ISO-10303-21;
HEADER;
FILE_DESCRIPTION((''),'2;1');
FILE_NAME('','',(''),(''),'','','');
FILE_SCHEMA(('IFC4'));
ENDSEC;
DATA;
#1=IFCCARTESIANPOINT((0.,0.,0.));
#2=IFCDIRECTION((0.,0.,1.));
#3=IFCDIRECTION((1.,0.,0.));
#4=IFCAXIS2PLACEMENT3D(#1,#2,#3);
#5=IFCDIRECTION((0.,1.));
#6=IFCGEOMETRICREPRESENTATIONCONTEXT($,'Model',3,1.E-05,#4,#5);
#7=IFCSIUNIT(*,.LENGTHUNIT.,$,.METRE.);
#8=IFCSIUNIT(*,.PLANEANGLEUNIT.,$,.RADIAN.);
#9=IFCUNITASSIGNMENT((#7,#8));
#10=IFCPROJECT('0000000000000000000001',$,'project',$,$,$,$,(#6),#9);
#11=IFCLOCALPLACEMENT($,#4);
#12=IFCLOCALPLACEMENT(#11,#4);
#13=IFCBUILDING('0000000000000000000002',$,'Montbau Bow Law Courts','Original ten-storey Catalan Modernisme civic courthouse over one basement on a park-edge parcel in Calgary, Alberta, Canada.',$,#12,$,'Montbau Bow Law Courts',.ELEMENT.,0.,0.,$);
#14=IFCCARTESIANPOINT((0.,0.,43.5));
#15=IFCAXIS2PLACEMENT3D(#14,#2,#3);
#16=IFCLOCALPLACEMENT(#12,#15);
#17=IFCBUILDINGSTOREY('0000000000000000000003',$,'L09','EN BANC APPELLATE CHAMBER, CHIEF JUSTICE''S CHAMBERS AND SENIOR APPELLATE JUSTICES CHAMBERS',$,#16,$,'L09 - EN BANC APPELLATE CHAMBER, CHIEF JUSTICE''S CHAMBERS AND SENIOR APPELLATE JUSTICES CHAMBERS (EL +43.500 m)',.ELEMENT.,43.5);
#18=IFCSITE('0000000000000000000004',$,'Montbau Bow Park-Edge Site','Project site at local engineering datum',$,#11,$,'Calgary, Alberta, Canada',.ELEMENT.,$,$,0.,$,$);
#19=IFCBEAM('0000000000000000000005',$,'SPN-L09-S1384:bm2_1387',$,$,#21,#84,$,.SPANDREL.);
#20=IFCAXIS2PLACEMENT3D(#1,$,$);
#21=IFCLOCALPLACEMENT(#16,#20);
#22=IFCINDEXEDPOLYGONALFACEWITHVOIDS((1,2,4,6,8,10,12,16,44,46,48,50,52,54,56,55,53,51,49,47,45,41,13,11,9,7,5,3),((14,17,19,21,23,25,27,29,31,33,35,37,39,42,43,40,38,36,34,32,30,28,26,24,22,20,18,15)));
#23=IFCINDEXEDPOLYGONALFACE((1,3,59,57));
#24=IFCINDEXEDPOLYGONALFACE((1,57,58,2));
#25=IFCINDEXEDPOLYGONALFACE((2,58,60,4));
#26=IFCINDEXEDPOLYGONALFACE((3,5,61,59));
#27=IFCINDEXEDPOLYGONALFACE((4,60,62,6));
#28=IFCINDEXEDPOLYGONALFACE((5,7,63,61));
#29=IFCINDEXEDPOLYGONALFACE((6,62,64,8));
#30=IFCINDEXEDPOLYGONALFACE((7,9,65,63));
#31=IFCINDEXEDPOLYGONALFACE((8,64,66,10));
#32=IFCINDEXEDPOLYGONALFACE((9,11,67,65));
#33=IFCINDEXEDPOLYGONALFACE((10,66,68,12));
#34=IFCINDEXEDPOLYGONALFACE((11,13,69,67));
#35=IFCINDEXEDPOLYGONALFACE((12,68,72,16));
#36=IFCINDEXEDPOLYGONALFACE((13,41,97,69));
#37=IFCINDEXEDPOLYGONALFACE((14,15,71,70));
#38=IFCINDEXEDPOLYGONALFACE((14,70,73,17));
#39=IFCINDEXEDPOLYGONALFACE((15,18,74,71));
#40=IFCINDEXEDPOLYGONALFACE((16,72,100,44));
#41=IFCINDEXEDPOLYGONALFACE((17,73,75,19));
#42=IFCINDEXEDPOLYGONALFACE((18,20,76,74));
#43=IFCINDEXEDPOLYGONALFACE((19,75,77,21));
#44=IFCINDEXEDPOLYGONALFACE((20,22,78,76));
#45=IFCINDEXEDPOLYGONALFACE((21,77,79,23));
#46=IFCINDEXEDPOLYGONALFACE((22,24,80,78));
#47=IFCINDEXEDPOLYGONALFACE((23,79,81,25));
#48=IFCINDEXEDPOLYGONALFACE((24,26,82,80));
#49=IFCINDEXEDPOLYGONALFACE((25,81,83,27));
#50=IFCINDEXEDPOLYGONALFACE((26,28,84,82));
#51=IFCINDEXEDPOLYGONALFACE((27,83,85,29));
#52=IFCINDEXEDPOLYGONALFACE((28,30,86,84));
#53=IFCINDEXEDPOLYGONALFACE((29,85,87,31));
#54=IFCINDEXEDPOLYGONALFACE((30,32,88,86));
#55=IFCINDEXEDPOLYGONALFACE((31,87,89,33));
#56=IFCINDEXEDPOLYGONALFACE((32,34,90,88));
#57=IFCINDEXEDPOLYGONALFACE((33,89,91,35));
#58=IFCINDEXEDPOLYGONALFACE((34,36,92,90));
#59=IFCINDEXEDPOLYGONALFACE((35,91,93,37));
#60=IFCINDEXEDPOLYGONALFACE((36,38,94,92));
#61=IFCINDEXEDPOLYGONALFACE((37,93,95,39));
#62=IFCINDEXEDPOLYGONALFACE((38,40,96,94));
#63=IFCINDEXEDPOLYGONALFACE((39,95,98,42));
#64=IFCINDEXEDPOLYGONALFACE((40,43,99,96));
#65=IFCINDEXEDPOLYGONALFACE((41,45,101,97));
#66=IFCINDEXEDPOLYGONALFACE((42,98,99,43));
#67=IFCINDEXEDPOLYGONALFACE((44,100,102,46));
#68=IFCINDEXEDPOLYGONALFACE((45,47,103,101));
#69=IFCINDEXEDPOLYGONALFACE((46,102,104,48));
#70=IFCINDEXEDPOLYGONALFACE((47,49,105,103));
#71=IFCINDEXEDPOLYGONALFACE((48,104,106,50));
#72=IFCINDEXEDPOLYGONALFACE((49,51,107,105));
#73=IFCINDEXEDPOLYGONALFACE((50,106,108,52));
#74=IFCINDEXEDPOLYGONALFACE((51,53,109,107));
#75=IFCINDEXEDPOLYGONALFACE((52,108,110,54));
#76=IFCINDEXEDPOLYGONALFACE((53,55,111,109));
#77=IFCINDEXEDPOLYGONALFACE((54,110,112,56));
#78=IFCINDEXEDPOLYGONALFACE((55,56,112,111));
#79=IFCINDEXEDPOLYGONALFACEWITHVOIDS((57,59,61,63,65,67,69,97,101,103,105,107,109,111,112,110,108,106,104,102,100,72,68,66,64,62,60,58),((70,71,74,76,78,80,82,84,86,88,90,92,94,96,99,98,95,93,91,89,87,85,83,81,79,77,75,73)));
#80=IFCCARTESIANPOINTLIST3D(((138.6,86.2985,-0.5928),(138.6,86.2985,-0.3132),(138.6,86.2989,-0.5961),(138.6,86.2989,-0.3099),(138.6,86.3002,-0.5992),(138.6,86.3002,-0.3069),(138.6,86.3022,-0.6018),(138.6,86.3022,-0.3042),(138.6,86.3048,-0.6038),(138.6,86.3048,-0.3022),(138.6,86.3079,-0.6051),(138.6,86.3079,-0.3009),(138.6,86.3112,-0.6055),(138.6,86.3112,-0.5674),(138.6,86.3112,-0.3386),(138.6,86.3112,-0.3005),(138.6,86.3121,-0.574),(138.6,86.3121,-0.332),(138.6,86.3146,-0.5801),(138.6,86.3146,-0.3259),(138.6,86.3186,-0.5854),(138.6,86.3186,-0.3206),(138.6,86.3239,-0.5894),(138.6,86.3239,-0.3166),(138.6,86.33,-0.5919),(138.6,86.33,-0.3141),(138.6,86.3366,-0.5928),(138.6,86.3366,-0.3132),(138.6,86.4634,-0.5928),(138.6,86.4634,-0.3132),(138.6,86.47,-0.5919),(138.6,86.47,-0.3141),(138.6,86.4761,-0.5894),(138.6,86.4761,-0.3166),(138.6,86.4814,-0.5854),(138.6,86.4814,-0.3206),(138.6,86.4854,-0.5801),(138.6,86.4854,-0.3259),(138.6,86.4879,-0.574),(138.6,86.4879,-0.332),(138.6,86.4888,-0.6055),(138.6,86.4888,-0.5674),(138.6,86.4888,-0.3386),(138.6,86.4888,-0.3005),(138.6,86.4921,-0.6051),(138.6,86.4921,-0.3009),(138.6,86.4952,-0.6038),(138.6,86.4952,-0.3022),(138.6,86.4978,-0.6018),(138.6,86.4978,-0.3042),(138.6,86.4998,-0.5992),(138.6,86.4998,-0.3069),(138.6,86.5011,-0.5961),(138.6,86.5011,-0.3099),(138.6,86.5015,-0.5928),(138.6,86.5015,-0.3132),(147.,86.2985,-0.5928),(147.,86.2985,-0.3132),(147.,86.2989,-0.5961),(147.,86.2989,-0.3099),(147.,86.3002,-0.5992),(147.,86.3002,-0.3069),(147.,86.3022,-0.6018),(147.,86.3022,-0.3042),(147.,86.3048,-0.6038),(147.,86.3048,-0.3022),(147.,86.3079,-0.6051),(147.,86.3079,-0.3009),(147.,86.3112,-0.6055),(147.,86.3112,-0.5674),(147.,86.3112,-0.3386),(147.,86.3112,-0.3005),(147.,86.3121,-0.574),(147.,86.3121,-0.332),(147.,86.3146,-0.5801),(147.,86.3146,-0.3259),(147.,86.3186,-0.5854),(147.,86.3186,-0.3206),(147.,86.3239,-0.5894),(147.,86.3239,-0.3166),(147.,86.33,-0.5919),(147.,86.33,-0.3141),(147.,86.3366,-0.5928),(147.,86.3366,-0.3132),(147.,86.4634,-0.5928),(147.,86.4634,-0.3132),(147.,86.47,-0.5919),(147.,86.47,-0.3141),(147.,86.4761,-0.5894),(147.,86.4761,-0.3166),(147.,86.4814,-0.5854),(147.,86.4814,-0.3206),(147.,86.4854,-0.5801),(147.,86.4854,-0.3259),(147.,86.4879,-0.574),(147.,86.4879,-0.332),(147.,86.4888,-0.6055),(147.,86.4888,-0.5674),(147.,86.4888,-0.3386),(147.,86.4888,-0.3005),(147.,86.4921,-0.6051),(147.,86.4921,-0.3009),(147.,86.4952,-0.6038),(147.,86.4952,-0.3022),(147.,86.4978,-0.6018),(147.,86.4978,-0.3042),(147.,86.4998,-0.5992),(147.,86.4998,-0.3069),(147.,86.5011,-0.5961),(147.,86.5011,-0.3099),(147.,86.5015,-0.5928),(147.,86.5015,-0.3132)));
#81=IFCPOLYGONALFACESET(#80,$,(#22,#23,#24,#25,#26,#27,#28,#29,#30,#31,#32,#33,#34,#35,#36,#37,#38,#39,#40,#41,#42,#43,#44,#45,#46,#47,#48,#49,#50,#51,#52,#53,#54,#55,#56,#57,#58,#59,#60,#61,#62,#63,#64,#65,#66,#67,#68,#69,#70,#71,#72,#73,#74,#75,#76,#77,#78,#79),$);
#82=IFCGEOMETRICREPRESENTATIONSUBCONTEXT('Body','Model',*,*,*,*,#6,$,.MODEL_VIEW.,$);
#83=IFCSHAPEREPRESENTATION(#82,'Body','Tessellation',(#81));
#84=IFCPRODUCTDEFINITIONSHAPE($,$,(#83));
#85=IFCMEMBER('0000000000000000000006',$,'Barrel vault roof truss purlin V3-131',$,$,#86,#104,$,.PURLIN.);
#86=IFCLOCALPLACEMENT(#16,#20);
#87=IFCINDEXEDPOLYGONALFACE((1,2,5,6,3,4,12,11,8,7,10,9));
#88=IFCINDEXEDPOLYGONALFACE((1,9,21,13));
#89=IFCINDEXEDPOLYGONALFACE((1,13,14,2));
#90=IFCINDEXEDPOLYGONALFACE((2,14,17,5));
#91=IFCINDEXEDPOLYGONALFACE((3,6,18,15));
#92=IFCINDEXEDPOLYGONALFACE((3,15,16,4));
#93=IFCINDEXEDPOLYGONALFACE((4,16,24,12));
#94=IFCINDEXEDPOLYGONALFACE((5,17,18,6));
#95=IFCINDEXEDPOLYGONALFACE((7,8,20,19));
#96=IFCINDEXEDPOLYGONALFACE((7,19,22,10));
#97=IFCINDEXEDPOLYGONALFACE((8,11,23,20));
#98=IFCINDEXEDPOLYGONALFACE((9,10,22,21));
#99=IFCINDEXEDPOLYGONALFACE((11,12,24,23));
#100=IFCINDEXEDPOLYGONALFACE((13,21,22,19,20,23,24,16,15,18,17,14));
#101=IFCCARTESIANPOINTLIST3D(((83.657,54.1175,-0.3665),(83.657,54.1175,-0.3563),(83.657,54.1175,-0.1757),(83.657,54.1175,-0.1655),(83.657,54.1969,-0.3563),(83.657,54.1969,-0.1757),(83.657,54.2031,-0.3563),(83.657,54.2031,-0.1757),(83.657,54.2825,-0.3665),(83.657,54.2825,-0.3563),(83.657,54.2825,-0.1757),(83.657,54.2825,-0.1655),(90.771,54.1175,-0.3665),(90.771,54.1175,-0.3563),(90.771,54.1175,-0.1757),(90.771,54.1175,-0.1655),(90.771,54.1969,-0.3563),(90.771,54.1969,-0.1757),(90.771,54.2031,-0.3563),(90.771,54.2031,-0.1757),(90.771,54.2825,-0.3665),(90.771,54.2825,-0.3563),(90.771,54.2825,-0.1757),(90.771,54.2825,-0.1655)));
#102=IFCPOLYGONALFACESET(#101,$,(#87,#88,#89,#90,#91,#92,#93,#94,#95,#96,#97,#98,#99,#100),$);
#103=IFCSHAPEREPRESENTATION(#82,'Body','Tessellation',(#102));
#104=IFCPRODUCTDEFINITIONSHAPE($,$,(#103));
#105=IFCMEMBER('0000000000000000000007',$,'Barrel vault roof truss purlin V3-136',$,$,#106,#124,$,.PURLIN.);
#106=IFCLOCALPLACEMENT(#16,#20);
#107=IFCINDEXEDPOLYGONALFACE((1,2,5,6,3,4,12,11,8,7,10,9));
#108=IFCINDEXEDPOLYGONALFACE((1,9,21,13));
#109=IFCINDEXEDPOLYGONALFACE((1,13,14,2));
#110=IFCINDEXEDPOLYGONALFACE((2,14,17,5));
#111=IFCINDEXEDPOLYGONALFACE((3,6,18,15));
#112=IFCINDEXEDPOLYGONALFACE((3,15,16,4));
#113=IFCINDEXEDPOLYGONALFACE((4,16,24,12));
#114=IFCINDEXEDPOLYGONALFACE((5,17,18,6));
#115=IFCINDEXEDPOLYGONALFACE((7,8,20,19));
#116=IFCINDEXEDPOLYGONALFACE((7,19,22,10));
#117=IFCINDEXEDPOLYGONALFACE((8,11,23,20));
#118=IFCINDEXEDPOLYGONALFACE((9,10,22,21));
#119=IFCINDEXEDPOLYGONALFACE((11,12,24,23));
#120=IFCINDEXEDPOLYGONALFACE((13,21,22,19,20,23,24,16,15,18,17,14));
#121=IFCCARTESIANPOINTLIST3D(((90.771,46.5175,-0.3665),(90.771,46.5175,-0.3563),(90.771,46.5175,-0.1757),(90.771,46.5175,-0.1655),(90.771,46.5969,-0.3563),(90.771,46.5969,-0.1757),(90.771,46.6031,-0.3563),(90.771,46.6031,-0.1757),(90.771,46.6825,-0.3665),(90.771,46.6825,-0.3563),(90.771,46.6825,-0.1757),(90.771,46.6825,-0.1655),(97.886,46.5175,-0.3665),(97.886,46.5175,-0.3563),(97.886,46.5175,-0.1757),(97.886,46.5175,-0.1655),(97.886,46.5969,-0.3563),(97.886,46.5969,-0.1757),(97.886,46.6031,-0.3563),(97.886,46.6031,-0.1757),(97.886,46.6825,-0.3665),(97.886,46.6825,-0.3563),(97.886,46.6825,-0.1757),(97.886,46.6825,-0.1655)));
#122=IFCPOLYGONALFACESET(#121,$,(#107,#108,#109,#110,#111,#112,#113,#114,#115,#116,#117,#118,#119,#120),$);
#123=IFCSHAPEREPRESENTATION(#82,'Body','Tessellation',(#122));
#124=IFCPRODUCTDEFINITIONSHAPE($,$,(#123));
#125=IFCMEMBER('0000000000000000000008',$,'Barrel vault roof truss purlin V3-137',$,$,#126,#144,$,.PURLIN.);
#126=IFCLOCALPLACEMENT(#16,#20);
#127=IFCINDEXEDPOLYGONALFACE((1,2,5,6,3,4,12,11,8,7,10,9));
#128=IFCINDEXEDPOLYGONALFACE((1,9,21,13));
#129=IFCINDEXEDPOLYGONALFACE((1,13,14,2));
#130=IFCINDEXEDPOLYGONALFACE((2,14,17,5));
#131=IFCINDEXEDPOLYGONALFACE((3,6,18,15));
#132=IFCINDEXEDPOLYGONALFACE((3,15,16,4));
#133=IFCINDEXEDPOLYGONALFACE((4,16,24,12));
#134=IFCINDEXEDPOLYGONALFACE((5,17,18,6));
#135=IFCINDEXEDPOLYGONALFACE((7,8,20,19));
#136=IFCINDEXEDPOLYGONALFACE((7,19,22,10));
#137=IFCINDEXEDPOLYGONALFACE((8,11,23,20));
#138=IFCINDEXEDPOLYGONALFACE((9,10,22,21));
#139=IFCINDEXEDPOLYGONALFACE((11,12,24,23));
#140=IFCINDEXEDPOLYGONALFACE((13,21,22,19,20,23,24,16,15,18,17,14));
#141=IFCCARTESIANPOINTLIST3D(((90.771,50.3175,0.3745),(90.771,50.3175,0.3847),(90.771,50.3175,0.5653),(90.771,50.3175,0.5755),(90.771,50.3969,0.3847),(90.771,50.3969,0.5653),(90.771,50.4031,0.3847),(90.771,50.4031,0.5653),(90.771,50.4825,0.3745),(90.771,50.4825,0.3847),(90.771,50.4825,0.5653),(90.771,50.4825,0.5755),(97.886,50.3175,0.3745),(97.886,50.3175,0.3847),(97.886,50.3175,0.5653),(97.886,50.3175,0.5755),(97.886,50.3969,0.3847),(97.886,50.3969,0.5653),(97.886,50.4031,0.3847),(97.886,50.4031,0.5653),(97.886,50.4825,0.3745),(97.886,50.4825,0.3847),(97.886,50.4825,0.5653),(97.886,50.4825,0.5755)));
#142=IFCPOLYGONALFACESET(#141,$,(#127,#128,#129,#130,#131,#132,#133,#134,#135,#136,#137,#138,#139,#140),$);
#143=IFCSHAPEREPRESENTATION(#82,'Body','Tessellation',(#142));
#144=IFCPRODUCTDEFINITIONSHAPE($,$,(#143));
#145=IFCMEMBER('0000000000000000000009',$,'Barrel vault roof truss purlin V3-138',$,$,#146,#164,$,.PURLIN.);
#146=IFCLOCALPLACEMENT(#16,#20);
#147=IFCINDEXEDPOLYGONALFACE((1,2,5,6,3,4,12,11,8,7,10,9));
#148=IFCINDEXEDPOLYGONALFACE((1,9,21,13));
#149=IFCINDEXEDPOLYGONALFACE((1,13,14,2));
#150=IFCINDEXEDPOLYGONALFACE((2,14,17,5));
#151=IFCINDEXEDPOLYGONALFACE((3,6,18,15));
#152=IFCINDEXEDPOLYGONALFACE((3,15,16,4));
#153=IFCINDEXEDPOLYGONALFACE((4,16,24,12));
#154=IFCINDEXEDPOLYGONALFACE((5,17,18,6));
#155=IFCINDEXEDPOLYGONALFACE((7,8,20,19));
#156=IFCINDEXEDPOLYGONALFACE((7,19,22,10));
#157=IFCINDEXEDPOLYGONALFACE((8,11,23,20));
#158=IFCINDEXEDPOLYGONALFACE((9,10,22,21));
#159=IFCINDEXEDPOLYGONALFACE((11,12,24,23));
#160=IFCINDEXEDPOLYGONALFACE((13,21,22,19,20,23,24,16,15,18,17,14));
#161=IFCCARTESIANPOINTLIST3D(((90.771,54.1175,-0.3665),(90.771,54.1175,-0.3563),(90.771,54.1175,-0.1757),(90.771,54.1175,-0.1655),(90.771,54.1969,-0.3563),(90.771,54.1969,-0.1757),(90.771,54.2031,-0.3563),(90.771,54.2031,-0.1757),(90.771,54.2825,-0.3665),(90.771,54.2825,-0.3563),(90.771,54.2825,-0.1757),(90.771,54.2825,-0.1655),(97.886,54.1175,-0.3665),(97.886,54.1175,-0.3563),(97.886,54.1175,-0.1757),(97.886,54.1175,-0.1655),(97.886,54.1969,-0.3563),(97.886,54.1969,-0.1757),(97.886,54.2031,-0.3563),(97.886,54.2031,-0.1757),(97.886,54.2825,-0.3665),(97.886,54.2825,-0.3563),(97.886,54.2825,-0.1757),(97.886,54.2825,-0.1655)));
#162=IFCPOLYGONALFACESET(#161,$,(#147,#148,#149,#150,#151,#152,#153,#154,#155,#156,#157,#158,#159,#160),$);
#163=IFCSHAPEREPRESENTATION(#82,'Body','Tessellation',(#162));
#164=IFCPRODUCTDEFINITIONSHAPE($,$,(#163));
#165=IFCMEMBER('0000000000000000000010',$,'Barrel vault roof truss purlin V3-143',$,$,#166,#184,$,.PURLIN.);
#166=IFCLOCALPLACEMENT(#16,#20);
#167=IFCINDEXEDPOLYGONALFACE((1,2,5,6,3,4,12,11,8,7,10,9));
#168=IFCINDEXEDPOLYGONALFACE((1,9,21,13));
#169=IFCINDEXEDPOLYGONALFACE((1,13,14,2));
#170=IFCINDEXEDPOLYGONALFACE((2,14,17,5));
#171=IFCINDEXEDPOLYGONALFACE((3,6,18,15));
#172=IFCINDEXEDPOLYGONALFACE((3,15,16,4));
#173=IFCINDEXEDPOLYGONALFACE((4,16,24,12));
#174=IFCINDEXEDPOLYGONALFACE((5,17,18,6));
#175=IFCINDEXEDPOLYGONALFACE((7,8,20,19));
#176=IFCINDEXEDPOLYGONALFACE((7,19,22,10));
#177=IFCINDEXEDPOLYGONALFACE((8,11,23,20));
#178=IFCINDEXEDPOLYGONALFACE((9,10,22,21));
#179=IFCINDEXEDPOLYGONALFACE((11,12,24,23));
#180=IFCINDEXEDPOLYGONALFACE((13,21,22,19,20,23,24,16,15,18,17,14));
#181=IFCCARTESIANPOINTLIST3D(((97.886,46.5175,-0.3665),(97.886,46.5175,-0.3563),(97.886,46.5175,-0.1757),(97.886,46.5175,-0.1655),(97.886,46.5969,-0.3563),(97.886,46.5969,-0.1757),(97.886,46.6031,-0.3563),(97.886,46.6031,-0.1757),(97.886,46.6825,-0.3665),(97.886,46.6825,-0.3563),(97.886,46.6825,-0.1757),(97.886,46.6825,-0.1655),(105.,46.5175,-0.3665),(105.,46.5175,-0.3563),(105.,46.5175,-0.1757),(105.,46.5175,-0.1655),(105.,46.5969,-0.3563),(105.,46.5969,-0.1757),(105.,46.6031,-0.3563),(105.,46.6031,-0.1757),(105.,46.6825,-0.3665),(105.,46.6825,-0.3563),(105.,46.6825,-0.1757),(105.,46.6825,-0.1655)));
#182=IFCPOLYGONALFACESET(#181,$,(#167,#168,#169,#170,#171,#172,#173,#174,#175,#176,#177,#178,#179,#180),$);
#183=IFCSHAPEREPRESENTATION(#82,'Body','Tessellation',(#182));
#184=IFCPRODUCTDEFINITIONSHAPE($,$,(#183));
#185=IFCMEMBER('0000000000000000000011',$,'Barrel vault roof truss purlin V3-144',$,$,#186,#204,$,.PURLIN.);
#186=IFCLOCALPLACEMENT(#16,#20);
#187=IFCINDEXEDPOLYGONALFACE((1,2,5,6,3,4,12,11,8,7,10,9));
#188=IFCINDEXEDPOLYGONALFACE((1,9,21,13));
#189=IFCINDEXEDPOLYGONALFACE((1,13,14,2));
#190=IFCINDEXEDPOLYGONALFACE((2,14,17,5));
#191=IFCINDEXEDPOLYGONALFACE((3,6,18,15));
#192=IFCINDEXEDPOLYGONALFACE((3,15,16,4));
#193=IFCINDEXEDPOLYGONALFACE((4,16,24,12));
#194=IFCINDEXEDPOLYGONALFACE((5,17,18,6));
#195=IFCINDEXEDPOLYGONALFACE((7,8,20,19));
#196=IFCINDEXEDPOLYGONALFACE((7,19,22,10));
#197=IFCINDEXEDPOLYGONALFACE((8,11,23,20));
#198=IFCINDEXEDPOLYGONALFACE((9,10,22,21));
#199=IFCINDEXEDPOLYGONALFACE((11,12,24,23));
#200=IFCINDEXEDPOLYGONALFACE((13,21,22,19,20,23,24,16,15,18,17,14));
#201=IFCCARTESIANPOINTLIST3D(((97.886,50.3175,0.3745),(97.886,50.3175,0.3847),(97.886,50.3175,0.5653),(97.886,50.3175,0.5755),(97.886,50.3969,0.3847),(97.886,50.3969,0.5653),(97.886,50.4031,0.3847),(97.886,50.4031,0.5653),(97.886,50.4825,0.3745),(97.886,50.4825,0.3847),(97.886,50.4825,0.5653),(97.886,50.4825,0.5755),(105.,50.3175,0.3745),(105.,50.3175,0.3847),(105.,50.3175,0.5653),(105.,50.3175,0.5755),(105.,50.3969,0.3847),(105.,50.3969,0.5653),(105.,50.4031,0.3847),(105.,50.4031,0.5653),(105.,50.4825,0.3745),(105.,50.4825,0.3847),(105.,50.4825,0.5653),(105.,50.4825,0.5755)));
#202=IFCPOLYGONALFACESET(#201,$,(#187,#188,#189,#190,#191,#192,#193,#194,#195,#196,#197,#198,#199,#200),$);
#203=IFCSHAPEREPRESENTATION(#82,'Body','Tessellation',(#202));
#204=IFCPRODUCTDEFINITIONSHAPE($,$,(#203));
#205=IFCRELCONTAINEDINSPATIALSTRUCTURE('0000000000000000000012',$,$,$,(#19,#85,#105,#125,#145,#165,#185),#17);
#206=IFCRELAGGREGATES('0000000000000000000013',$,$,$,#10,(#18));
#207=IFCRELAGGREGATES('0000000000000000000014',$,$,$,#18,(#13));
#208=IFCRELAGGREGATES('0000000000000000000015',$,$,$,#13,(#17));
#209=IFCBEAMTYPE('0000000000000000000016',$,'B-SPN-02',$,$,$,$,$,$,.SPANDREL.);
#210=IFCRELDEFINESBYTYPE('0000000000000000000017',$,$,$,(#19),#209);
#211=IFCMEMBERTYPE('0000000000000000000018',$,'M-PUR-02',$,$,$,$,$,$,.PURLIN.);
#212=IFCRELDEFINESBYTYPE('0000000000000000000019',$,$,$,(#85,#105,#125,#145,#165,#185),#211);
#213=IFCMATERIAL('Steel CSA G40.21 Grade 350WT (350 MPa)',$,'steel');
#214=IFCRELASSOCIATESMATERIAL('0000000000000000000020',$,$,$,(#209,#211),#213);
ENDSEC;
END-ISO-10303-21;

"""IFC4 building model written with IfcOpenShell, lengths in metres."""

from ifc_helpers import new_model, si_unit, direction, frame, origin_with_axes, origin_2d_with_axis, place, context, subcontext, project, spatial, hollow_rectangle, i_section, extrude, material, material_profile, profile_set, type_object, element, save


model = new_model("IFC4")

# Units and contexts
model_context = context("Model", 3, precision=1e-05, world=origin_with_axes(), true_north=direction((0.0, 1.0)))
body_context = subcontext(model_context, "Body", "Model", "MODEL_VIEW")
ifc_project = project(units=[si_unit("LENGTHUNIT", "METRE"), si_unit("PLANEANGLEUNIT", "RADIAN")], contexts=[model_context])

# Site, building, storey
site_placement = place(None, origin_with_axes())
site = spatial("IfcSite", under=ifc_project, at=site_placement, Name="Montbau Bow Park-Edge Site", Description="Project site at local engineering datum", LongName="Calgary, Alberta, Canada", CompositionType="ELEMENT", RefElevation=0.0)
building_placement = place(site_placement, origin_with_axes())
building = spatial("IfcBuilding", under=site, at=building_placement, Name="Montbau Bow Law Courts", Description="Original ten-storey Catalan Modernisme civic courthouse over one basement on a park-edge parcel in Calgary, Alberta, Canada.", LongName="Montbau Bow Law Courts", CompositionType="ELEMENT", ElevationOfRefHeight=0.0, ElevationOfTerrain=0.0)
storey_placement = place(building_placement, frame((0.0, 0.0, 43.5), z_axis=(0.0, 0.0, 1.0), x_axis=(1.0, 0.0, 0.0)))
storey = spatial("IfcBuildingStorey", under=building, at=storey_placement, Name="L09", Description="EN BANC APPELLATE CHAMBER, CHIEF JUSTICE'S CHAMBERS AND SENIOR APPELLATE JUSTICES CHAMBERS", LongName="L09 - EN BANC APPELLATE CHAMBER, CHIEF JUSTICE'S CHAMBERS AND SENIOR APPELLATE JUSTICES CHAMBERS (EL +43.500 m)", CompositionType="ELEMENT", Elevation=43.5)

# Beam
ifc_material_1 = material(Name="Steel CSA G40.21 Grade 350WT (350 MPa)", Category="steel")
ifc_material_profile_1 = material_profile(ifc_material_1, hollow_rectangle(XDim=0.203, YDim=0.305, WallThickness=0.0127, InnerFilletRadius=0.0254, OuterFilletRadius=0.0127, at=origin_2d_with_axis()), Name="HSS305X203X13", Category="Main", Priority=0)
ifc_profile_set_1 = profile_set([ifc_material_profile_1], Name="Steel CSA G40.21 Grade 350WT (350 MPa)")
beam_type_1 = type_object("IfcBeamType", Name="B-SPN-02", PredefinedType="SPANDREL", material=ifc_profile_set_1)
beam_1_placement = place(None, frame((138.6, 86.4, 43.047), z_axis=(1.0, 0.0, 0.0), x_axis=(0.0, 1.0, 0.0)))
element("IfcBeam", 1, at=beam_1_placement, inside=storey, type_object=beam_type_1, Name="SPN-L09-S1384:bm2_1387", PredefinedType="SPANDREL", context=body_context, shape_type="SweptSolid", body=[
    extrude(hollow_rectangle(XDim=0.203, YDim=0.305, WallThickness=0.0127, InnerFilletRadius=0.0254, OuterFilletRadius=0.0127, at=origin_2d_with_axis()), origin_with_axes(), (0.0, 0.0, 1.0), 8.4),
])

# Members
ifc_material_profile_2 = material_profile(ifc_material_1, i_section(OverallWidth=0.165, OverallDepth=0.201, WebThickness=0.0062, FlangeThickness=0.0102, at=origin_2d_with_axis()), Name="W200X36", Category="Main", Priority=0)
ifc_profile_set_2 = profile_set([ifc_material_profile_2], Name="Steel CSA G40.21 Grade 350WT (350 MPa)")
member_type = type_object("IfcMemberType", Name="M-PUR-02", PredefinedType="PURLIN", material=ifc_profile_set_2)
member_placement = place(None, frame((83.657, 54.2, 43.234), z_axis=(1.0, 0.0, 0.0), x_axis=(0.0, 1.0, 0.0)))
element("IfcMember", 2, at=member_placement, inside=storey, type_object=member_type, Name="Barrel vault roof truss purlin V3-131", PredefinedType="PURLIN", context=body_context, shape_type="SweptSolid", body=[
    extrude(i_section(OverallWidth=0.165, OverallDepth=0.201, WebThickness=0.0062, FlangeThickness=0.0102, at=origin_2d_with_axis()), origin_with_axes(), (0.0, 0.0, 1.0), 7.114),
])
for number, where, z_axis, x_axis, name in (
    (3, (90.771, 46.6, 43.234), (1.0, 0.0, 0.0), (0.0, 1.0, 0.0), "Barrel vault roof truss purlin V3-136"),
    (4, (90.771, 50.4, 43.975), (1.0, 0.0, 0.0), (0.0, 1.0, 0.0), "Barrel vault roof truss purlin V3-137"),
    (5, (90.771, 54.2, 43.234), (1.0, 0.0, 0.0), (0.0, 1.0, 0.0), "Barrel vault roof truss purlin V3-138"),
):
    element("IfcMember", number, at=place(None, frame(where, z_axis=z_axis, x_axis=x_axis)), inside=storey, type_object=member_type, Name=name, PredefinedType="PURLIN", context=body_context, shape_type="SweptSolid", body=[
        extrude(i_section(OverallWidth=0.165, OverallDepth=0.201, WebThickness=0.0062, FlangeThickness=0.0102, at=origin_2d_with_axis()), origin_with_axes(), (0.0, 0.0, 1.0), 7.115),
    ])
for number, where, z_axis, x_axis, name in (
    (6, (97.886, 46.6, 43.234), (1.0, 0.0, 0.0), (0.0, 1.0, 0.0), "Barrel vault roof truss purlin V3-143"),
    (7, (97.886, 50.4, 43.975), (1.0, 0.0, 0.0), (0.0, 1.0, 0.0), "Barrel vault roof truss purlin V3-144"),
):
    element("IfcMember", number, at=place(None, frame(where, z_axis=z_axis, x_axis=x_axis)), inside=storey, type_object=member_type, Name=name, PredefinedType="PURLIN", context=body_context, shape_type="SweptSolid", body=[
        extrude(i_section(OverallWidth=0.165, OverallDepth=0.201, WebThickness=0.0062, FlangeThickness=0.0102, at=origin_2d_with_axis()), origin_with_axes(), (0.0, 0.0, 1.0), 7.114),
    ])

save(model, "model.ifc")
